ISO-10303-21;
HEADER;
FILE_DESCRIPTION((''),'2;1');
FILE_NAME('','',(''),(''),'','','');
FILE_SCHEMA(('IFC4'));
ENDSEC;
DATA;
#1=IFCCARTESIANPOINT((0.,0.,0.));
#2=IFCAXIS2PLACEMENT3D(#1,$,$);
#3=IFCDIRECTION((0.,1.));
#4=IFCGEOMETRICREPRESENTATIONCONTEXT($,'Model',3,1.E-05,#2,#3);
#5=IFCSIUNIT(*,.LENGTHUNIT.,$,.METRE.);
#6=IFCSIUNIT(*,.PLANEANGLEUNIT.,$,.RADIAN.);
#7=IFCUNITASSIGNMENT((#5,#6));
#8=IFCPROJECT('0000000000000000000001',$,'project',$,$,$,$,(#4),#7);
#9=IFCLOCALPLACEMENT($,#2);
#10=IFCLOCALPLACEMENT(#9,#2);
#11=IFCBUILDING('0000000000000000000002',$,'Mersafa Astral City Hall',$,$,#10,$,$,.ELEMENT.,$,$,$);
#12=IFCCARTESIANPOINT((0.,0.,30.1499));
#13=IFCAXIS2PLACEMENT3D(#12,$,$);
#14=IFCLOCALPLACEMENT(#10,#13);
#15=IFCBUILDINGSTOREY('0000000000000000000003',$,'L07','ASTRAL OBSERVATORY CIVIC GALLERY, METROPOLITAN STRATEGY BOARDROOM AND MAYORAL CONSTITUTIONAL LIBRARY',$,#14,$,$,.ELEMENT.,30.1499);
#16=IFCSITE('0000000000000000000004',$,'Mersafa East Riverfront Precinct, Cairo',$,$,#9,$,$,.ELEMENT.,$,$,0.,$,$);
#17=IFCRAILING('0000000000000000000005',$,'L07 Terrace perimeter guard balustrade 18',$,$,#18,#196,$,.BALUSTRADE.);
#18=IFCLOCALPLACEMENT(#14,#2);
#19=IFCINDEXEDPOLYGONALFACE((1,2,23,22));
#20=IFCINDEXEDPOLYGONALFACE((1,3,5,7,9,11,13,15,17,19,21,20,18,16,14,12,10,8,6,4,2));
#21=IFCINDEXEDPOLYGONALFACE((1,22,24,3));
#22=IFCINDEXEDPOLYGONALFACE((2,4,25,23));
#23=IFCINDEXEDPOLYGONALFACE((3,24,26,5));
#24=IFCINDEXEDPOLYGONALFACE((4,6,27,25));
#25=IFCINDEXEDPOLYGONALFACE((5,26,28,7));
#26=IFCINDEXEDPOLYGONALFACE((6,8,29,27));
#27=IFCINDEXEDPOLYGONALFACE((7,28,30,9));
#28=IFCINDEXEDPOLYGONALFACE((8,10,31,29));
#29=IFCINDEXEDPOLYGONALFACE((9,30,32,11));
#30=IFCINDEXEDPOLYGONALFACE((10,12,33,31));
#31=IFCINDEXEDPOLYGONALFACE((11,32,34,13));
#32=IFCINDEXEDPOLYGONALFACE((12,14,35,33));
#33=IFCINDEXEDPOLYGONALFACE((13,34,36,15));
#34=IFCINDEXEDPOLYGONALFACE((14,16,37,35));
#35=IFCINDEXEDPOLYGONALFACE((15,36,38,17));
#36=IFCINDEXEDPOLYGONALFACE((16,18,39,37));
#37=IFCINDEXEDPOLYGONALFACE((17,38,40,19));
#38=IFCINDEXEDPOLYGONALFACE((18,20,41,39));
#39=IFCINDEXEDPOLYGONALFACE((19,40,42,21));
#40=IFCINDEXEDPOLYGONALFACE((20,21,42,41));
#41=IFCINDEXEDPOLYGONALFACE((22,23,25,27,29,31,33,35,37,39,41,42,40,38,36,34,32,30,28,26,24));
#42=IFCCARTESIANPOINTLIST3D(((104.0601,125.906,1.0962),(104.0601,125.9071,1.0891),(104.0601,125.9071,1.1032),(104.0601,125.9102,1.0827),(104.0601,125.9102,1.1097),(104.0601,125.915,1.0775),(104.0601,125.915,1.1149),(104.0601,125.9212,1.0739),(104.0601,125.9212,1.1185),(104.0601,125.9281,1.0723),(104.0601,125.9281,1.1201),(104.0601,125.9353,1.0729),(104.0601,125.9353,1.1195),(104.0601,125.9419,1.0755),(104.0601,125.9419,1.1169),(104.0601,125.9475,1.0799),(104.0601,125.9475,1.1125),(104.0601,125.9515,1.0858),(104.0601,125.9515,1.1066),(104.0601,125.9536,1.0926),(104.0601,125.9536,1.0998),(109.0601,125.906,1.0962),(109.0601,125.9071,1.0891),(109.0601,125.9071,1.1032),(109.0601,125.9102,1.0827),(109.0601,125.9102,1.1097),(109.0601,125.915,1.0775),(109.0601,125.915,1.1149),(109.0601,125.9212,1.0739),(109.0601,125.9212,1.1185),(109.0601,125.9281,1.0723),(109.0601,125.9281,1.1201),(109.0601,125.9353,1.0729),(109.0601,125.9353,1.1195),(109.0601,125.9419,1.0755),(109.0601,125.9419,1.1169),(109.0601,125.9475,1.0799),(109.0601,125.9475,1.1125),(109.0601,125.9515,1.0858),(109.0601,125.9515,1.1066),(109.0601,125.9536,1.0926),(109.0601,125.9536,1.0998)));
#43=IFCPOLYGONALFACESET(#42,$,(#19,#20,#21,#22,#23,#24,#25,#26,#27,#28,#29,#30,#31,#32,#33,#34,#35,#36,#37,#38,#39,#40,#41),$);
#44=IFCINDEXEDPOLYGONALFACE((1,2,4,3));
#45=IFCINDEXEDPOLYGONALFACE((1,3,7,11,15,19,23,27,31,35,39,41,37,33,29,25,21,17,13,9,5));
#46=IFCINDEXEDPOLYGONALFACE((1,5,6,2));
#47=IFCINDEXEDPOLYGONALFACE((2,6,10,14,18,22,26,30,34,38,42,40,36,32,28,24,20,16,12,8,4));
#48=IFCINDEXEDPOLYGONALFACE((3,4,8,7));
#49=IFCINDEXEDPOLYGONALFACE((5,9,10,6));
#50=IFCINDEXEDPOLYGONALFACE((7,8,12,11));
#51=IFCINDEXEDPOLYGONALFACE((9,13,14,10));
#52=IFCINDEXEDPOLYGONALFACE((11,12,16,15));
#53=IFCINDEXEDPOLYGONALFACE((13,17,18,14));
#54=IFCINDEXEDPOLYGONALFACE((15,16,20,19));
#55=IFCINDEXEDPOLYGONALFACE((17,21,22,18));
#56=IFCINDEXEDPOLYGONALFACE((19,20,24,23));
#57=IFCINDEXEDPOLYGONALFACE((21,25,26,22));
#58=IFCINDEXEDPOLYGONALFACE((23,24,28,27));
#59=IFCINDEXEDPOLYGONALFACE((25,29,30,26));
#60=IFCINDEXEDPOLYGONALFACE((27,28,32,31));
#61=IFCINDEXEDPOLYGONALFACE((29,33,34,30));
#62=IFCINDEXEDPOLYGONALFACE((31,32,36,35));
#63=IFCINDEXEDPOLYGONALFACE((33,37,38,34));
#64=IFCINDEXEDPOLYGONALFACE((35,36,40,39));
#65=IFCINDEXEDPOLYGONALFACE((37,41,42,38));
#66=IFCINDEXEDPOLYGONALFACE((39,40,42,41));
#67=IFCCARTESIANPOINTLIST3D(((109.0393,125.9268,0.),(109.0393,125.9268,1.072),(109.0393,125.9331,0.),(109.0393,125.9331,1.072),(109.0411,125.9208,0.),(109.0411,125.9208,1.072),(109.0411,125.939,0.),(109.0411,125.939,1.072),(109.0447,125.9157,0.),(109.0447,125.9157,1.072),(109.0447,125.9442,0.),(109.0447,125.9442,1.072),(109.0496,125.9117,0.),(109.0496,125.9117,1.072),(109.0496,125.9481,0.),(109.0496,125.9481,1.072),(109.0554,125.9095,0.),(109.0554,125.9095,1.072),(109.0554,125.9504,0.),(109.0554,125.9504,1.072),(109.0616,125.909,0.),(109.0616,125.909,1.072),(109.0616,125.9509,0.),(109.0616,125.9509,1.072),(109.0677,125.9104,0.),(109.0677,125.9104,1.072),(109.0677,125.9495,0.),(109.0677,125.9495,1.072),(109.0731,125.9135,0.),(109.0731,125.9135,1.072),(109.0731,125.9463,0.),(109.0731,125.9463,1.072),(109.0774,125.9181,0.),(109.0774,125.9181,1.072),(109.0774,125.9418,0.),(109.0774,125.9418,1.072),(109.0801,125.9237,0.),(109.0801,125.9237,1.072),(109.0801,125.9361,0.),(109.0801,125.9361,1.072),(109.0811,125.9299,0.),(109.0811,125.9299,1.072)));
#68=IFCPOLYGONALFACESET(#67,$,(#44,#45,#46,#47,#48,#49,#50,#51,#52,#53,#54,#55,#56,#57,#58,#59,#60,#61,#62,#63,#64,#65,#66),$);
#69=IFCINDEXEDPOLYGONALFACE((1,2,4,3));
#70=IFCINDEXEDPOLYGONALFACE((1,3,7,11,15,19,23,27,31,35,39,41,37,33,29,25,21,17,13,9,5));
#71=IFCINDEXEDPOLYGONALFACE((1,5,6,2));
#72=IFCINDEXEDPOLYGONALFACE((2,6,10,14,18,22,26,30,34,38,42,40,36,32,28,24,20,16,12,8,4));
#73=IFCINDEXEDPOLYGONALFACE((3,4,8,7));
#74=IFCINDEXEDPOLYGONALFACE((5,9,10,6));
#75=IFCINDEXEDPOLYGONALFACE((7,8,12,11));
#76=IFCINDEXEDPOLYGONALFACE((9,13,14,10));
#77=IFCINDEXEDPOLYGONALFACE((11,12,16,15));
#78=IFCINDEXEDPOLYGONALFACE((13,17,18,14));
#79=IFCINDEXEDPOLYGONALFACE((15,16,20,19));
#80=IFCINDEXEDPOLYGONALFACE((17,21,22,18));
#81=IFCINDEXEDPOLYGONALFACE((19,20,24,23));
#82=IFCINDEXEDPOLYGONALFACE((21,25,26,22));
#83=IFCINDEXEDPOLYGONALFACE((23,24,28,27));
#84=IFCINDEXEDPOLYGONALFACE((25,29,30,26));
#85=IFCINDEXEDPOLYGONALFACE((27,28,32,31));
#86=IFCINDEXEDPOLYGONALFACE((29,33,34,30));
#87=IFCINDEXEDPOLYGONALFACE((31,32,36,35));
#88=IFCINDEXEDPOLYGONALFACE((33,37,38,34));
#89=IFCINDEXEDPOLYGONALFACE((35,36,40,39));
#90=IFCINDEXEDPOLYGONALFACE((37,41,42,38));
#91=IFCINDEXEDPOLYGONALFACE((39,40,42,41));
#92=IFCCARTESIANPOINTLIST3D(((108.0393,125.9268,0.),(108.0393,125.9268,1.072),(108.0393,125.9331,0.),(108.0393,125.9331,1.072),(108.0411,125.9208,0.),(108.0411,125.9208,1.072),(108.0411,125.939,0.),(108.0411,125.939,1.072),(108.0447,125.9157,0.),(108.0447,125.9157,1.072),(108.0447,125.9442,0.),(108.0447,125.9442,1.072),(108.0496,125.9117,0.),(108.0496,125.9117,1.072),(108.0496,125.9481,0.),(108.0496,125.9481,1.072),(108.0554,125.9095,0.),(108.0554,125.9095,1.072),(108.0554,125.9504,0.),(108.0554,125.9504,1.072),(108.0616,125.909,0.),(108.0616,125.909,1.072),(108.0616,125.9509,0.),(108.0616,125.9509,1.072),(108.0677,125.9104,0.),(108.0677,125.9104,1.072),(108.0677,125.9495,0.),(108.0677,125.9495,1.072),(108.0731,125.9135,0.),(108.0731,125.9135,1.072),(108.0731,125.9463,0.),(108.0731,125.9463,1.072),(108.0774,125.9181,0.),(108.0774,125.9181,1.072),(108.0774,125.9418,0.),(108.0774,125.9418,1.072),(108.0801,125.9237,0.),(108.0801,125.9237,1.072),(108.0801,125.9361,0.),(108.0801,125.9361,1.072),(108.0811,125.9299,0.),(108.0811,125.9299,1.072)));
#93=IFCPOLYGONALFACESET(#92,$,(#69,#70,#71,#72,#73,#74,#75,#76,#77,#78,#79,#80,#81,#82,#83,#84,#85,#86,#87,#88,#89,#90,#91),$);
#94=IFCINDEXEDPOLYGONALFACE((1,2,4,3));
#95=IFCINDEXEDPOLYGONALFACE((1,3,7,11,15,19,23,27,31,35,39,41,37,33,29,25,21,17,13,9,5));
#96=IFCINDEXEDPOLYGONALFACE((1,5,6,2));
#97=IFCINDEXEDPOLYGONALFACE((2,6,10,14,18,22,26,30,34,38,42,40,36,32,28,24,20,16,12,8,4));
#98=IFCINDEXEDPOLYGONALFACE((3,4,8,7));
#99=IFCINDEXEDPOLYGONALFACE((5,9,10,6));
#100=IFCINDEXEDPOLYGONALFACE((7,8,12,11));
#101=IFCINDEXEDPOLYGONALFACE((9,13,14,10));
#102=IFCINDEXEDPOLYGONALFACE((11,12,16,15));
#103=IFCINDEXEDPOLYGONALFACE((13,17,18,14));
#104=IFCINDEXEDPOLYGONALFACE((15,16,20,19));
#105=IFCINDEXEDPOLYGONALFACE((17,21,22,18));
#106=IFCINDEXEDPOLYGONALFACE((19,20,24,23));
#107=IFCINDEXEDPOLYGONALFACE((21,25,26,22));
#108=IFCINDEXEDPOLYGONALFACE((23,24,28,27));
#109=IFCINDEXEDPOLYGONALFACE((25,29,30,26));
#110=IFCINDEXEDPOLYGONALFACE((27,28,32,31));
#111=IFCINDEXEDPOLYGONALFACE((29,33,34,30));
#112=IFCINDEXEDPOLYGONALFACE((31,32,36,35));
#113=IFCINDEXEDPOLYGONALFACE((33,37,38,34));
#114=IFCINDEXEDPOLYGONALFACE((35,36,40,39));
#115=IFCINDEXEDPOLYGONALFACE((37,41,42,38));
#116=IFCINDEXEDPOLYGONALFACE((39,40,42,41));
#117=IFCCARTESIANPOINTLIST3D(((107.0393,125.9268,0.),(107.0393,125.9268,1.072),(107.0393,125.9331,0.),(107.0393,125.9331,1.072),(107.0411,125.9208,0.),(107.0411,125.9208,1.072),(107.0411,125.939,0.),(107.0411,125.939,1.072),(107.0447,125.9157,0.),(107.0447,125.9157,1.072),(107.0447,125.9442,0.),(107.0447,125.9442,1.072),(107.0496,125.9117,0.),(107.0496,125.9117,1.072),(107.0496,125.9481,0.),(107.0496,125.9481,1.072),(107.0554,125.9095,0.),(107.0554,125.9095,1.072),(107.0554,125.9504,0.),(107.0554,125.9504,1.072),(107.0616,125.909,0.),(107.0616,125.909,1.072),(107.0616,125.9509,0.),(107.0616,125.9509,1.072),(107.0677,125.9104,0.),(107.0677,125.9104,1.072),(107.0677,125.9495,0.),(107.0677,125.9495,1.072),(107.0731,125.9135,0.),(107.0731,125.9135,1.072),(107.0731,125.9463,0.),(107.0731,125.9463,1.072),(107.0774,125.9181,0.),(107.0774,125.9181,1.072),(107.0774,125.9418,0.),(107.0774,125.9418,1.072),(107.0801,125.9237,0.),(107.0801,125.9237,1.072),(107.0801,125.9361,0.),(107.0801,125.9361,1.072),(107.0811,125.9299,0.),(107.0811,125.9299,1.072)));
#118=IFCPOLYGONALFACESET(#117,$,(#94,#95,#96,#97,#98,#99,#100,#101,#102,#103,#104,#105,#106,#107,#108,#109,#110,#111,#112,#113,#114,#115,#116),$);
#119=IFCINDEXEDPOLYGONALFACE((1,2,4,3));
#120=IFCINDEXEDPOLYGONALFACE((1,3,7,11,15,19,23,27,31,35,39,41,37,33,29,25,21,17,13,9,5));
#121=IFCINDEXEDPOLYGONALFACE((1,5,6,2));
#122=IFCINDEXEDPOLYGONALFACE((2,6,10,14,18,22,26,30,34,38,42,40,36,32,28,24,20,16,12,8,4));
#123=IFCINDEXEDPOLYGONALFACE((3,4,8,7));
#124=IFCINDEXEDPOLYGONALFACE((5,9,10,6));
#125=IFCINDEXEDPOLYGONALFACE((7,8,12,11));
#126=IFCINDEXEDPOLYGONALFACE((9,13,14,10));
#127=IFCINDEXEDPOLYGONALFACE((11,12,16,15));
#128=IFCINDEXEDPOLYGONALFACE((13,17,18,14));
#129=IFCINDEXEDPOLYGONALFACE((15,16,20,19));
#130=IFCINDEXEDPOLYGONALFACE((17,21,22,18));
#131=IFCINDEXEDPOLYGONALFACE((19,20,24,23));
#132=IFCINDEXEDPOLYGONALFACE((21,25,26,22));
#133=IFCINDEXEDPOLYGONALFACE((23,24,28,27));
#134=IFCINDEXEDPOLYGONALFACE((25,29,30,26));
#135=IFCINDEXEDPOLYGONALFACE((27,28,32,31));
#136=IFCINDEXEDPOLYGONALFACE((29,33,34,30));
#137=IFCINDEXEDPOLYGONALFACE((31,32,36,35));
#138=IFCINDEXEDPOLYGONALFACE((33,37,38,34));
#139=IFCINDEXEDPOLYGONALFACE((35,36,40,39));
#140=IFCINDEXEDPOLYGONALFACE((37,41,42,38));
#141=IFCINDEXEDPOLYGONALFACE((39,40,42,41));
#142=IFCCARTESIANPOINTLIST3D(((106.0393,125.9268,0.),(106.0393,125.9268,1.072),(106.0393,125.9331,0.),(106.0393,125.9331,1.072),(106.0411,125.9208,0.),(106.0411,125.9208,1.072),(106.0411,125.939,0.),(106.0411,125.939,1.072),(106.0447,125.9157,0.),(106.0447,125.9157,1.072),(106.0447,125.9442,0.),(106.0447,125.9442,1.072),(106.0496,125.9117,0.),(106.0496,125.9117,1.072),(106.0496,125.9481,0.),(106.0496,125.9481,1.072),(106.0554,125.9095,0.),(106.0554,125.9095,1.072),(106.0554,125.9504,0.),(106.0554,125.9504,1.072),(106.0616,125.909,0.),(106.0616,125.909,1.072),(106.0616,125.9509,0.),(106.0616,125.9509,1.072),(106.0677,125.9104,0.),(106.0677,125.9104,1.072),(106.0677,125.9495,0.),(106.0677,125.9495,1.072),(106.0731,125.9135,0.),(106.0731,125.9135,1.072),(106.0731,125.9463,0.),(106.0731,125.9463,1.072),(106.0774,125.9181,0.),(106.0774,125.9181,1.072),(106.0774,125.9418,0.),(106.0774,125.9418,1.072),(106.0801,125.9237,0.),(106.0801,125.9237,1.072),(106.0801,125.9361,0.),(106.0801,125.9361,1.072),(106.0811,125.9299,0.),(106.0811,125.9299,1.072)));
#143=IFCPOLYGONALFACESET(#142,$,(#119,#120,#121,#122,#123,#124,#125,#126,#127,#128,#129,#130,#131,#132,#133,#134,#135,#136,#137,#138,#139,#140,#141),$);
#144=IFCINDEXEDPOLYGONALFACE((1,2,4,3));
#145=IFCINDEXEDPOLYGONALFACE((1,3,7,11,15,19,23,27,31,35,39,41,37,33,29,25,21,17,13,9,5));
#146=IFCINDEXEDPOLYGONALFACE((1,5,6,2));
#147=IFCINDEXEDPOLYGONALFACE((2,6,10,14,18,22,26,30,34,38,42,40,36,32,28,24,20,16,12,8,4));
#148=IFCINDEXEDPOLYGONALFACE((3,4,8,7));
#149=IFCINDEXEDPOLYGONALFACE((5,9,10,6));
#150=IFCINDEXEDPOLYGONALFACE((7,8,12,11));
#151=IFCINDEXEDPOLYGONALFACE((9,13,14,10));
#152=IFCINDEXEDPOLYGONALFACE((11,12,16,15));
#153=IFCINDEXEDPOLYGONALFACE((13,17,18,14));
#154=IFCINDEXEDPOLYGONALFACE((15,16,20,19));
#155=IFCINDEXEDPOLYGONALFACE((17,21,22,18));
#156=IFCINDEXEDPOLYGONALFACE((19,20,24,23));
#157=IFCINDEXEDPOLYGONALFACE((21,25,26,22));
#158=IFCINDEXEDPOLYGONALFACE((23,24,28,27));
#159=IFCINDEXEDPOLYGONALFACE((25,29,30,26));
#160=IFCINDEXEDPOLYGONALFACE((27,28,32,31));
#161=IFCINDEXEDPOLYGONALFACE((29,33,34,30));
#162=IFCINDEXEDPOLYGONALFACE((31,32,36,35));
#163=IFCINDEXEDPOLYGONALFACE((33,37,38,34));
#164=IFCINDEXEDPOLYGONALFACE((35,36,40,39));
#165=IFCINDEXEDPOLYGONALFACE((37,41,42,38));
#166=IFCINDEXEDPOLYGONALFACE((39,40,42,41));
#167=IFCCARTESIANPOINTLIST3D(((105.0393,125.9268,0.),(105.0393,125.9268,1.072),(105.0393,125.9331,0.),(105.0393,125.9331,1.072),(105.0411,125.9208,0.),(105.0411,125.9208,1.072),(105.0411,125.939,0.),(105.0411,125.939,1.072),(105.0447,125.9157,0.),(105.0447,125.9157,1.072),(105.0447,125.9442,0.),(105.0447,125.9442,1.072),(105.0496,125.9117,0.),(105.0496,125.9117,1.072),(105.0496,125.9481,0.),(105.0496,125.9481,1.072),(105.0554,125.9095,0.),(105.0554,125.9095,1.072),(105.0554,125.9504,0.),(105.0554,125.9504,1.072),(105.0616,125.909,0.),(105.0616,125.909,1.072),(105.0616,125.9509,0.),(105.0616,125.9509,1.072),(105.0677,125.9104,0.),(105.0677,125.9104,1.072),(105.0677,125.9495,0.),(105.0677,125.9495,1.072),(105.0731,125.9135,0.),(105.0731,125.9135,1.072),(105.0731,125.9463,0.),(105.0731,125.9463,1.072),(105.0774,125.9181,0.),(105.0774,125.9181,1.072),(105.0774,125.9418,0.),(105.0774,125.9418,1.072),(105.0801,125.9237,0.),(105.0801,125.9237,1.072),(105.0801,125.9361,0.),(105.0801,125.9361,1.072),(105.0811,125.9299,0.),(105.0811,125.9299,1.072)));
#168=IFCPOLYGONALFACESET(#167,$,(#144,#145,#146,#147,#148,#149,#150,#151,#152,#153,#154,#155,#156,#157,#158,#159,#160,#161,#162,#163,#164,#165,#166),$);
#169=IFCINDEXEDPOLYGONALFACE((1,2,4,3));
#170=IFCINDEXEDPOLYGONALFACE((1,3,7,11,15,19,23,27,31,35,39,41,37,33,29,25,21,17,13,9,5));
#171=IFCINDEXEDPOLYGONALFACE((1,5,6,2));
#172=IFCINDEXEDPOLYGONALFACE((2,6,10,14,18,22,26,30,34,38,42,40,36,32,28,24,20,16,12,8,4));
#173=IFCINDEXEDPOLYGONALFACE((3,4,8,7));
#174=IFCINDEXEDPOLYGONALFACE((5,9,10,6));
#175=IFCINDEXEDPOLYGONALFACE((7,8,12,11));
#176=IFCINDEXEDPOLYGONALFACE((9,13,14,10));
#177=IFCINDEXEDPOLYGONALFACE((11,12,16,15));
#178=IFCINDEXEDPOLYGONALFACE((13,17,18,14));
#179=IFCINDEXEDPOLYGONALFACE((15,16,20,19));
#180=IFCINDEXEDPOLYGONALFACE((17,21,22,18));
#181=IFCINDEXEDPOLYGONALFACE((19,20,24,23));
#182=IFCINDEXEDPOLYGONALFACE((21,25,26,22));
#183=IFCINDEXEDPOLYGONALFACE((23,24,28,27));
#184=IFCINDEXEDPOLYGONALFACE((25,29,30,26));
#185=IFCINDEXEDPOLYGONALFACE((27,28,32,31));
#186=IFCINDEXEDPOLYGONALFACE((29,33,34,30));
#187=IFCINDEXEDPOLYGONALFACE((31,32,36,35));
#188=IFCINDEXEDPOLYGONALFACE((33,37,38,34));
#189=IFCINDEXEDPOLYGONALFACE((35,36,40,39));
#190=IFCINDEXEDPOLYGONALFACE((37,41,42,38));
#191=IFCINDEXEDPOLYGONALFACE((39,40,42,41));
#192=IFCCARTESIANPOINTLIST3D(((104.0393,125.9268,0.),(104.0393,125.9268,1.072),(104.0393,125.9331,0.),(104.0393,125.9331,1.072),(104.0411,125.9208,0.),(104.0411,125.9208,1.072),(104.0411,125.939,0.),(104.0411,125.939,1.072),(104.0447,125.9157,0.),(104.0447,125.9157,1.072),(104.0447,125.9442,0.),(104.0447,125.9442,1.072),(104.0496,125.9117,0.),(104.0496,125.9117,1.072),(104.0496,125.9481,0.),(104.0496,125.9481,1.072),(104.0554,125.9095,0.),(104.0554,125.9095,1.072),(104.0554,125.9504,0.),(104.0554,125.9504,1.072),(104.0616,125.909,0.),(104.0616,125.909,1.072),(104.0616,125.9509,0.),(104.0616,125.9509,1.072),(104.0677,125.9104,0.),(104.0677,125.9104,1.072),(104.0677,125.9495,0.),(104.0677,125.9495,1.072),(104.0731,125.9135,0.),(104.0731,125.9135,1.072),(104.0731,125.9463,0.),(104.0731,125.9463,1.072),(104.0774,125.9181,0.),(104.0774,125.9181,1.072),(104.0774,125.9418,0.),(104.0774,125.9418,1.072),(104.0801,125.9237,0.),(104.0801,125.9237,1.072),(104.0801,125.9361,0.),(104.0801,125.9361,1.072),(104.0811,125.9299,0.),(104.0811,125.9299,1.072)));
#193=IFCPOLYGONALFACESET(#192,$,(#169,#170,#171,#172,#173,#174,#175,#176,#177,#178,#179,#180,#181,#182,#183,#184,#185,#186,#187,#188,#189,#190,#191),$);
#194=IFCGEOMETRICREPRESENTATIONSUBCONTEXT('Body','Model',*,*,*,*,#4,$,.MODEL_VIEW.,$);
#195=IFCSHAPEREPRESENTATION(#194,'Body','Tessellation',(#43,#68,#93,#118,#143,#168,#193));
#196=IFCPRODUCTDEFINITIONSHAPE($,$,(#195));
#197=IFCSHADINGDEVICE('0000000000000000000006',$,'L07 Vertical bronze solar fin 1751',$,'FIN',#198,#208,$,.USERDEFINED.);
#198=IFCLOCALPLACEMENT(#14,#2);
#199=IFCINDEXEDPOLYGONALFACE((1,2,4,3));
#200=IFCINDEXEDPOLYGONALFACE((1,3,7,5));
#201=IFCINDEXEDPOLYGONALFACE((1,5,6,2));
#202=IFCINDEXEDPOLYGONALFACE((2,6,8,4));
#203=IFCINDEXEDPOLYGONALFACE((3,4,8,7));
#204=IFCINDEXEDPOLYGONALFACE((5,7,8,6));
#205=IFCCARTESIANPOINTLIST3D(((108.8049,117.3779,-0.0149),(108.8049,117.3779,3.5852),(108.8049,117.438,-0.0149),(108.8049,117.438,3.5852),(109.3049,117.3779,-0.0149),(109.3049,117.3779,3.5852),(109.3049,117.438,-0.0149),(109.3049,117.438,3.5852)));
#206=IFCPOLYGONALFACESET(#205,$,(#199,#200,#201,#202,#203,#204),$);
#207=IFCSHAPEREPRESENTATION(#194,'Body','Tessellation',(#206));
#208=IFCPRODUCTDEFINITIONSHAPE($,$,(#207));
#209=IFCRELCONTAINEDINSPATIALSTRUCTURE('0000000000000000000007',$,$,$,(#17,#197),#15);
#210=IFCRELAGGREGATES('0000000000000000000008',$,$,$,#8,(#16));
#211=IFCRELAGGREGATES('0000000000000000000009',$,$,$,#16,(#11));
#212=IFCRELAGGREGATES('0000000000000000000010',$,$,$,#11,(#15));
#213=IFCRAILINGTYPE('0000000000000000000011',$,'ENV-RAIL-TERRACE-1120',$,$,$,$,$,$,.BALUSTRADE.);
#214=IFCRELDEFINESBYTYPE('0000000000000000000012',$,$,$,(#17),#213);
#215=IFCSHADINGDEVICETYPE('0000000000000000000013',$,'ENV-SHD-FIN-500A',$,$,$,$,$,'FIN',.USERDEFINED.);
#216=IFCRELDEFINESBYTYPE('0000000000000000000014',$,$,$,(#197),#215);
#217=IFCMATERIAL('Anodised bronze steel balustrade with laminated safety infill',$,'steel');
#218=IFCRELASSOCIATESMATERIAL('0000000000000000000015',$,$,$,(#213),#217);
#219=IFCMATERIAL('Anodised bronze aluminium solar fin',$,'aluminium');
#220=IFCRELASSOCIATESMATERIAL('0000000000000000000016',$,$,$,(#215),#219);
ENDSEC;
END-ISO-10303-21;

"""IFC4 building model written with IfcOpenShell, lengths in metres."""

from ifc_helpers import new_model, si_unit, direction, frame, origin, origin_2d, place, context, subcontext, project, spatial, rectangle, circle, extrude, material, type_object, element, save


model = new_model("IFC4")

# Units and contexts
model_context = context("Model", 3, precision=1e-05, world=origin(), true_north=direction((0.0, 1.0)))
body_context = subcontext(model_context, "Body", "Model", "MODEL_VIEW")
ifc_project = project(units=[si_unit("LENGTHUNIT", "METRE"), si_unit("PLANEANGLEUNIT", "RADIAN")], contexts=[model_context])

# Site, building, storey
site_placement = place(None, origin())
site = spatial("IfcSite", under=ifc_project, at=site_placement, Name="Mersafa East Riverfront Precinct, Cairo", CompositionType="ELEMENT", RefElevation=0.0)
building_placement = place(site_placement, origin())
building = spatial("IfcBuilding", under=site, at=building_placement, Name="Mersafa Astral City Hall", CompositionType="ELEMENT")
storey_placement = place(building_placement, frame((0.0, 0.0, 30.1499)))
storey = spatial("IfcBuildingStorey", under=building, at=storey_placement, Name="L07", Description="ASTRAL OBSERVATORY CIVIC GALLERY, METROPOLITAN STRATEGY BOARDROOM AND MAYORAL CONSTITUTIONAL LIBRARY", CompositionType="ELEMENT", Elevation=30.1499)

# Railing
ifc_material_1 = material(Name="Anodised bronze steel balustrade with laminated safety infill", Category="steel")
railing_type = type_object("IfcRailingType", Name="ENV-RAIL-TERRACE-1120", PredefinedType="BALUSTRADE", material=ifc_material_1)
railing_1_placement = place(storey_placement, frame((109.0601, 125.9299, 0.0)))
element("IfcRailing", 1, at=railing_1_placement, inside=storey, type_object=railing_type, Name="L07 Terrace perimeter guard balustrade 18", PredefinedType="BALUSTRADE", context=body_context, shape_type="SweptSolid", body=[
    extrude(circle(Radius=0.0239, at=origin_2d()), frame((0.0, 0.0, 1.0962), z_axis=(-1.0, 0.0, 0.0), x_axis=(0.0, -1.0, 0.0)), (0.0, 0.0, 1.0), 5.0),
    extrude(circle(Radius=0.021, at=origin_2d()), origin(), (0.0, 0.0, 1.0), 1.072),
    extrude(circle(Radius=0.021, at=origin_2d()), frame((-1.0, 0.0, 0.0)), (0.0, 0.0, 1.0), 1.072),
    extrude(circle(Radius=0.021, at=origin_2d()), frame((-2.0, 0.0, 0.0)), (0.0, 0.0, 1.0), 1.072),
    extrude(circle(Radius=0.021, at=origin_2d()), frame((-3.0, 0.0, 0.0)), (0.0, 0.0, 1.0), 1.072),
    extrude(circle(Radius=0.021, at=origin_2d()), frame((-4.0, 0.0, 0.0)), (0.0, 0.0, 1.0), 1.072),
    extrude(circle(Radius=0.021, at=origin_2d()), frame((-5.0, 0.0, 0.0)), (0.0, 0.0, 1.0), 1.072),
])

# Shading device
ifc_material_2 = material(Name="Anodised bronze aluminium solar fin", Category="aluminium")
shading_device_type = type_object("IfcShadingDeviceType", Name="ENV-SHD-FIN-500A", ElementType="FIN", PredefinedType="USERDEFINED", material=ifc_material_2)
shading_device_placement = place(storey_placement, frame((109.0549, 117.408, -0.0149), z_axis=(0.0, 0.0, 1.0), x_axis=(0.0, -1.0, 0.0)))
element("IfcShadingDevice", 2, at=shading_device_placement, inside=storey, type_object=shading_device_type, Name="L07 Vertical bronze solar fin 1751", ObjectType="FIN", PredefinedType="USERDEFINED", context=body_context, shape_type="SweptSolid", body=[
    extrude(rectangle(XDim=0.0601, YDim=0.5, at=origin_2d()), origin(), (0.0, 0.0, 1.0), 3.6001),
])

save(model, "model.ifc")
